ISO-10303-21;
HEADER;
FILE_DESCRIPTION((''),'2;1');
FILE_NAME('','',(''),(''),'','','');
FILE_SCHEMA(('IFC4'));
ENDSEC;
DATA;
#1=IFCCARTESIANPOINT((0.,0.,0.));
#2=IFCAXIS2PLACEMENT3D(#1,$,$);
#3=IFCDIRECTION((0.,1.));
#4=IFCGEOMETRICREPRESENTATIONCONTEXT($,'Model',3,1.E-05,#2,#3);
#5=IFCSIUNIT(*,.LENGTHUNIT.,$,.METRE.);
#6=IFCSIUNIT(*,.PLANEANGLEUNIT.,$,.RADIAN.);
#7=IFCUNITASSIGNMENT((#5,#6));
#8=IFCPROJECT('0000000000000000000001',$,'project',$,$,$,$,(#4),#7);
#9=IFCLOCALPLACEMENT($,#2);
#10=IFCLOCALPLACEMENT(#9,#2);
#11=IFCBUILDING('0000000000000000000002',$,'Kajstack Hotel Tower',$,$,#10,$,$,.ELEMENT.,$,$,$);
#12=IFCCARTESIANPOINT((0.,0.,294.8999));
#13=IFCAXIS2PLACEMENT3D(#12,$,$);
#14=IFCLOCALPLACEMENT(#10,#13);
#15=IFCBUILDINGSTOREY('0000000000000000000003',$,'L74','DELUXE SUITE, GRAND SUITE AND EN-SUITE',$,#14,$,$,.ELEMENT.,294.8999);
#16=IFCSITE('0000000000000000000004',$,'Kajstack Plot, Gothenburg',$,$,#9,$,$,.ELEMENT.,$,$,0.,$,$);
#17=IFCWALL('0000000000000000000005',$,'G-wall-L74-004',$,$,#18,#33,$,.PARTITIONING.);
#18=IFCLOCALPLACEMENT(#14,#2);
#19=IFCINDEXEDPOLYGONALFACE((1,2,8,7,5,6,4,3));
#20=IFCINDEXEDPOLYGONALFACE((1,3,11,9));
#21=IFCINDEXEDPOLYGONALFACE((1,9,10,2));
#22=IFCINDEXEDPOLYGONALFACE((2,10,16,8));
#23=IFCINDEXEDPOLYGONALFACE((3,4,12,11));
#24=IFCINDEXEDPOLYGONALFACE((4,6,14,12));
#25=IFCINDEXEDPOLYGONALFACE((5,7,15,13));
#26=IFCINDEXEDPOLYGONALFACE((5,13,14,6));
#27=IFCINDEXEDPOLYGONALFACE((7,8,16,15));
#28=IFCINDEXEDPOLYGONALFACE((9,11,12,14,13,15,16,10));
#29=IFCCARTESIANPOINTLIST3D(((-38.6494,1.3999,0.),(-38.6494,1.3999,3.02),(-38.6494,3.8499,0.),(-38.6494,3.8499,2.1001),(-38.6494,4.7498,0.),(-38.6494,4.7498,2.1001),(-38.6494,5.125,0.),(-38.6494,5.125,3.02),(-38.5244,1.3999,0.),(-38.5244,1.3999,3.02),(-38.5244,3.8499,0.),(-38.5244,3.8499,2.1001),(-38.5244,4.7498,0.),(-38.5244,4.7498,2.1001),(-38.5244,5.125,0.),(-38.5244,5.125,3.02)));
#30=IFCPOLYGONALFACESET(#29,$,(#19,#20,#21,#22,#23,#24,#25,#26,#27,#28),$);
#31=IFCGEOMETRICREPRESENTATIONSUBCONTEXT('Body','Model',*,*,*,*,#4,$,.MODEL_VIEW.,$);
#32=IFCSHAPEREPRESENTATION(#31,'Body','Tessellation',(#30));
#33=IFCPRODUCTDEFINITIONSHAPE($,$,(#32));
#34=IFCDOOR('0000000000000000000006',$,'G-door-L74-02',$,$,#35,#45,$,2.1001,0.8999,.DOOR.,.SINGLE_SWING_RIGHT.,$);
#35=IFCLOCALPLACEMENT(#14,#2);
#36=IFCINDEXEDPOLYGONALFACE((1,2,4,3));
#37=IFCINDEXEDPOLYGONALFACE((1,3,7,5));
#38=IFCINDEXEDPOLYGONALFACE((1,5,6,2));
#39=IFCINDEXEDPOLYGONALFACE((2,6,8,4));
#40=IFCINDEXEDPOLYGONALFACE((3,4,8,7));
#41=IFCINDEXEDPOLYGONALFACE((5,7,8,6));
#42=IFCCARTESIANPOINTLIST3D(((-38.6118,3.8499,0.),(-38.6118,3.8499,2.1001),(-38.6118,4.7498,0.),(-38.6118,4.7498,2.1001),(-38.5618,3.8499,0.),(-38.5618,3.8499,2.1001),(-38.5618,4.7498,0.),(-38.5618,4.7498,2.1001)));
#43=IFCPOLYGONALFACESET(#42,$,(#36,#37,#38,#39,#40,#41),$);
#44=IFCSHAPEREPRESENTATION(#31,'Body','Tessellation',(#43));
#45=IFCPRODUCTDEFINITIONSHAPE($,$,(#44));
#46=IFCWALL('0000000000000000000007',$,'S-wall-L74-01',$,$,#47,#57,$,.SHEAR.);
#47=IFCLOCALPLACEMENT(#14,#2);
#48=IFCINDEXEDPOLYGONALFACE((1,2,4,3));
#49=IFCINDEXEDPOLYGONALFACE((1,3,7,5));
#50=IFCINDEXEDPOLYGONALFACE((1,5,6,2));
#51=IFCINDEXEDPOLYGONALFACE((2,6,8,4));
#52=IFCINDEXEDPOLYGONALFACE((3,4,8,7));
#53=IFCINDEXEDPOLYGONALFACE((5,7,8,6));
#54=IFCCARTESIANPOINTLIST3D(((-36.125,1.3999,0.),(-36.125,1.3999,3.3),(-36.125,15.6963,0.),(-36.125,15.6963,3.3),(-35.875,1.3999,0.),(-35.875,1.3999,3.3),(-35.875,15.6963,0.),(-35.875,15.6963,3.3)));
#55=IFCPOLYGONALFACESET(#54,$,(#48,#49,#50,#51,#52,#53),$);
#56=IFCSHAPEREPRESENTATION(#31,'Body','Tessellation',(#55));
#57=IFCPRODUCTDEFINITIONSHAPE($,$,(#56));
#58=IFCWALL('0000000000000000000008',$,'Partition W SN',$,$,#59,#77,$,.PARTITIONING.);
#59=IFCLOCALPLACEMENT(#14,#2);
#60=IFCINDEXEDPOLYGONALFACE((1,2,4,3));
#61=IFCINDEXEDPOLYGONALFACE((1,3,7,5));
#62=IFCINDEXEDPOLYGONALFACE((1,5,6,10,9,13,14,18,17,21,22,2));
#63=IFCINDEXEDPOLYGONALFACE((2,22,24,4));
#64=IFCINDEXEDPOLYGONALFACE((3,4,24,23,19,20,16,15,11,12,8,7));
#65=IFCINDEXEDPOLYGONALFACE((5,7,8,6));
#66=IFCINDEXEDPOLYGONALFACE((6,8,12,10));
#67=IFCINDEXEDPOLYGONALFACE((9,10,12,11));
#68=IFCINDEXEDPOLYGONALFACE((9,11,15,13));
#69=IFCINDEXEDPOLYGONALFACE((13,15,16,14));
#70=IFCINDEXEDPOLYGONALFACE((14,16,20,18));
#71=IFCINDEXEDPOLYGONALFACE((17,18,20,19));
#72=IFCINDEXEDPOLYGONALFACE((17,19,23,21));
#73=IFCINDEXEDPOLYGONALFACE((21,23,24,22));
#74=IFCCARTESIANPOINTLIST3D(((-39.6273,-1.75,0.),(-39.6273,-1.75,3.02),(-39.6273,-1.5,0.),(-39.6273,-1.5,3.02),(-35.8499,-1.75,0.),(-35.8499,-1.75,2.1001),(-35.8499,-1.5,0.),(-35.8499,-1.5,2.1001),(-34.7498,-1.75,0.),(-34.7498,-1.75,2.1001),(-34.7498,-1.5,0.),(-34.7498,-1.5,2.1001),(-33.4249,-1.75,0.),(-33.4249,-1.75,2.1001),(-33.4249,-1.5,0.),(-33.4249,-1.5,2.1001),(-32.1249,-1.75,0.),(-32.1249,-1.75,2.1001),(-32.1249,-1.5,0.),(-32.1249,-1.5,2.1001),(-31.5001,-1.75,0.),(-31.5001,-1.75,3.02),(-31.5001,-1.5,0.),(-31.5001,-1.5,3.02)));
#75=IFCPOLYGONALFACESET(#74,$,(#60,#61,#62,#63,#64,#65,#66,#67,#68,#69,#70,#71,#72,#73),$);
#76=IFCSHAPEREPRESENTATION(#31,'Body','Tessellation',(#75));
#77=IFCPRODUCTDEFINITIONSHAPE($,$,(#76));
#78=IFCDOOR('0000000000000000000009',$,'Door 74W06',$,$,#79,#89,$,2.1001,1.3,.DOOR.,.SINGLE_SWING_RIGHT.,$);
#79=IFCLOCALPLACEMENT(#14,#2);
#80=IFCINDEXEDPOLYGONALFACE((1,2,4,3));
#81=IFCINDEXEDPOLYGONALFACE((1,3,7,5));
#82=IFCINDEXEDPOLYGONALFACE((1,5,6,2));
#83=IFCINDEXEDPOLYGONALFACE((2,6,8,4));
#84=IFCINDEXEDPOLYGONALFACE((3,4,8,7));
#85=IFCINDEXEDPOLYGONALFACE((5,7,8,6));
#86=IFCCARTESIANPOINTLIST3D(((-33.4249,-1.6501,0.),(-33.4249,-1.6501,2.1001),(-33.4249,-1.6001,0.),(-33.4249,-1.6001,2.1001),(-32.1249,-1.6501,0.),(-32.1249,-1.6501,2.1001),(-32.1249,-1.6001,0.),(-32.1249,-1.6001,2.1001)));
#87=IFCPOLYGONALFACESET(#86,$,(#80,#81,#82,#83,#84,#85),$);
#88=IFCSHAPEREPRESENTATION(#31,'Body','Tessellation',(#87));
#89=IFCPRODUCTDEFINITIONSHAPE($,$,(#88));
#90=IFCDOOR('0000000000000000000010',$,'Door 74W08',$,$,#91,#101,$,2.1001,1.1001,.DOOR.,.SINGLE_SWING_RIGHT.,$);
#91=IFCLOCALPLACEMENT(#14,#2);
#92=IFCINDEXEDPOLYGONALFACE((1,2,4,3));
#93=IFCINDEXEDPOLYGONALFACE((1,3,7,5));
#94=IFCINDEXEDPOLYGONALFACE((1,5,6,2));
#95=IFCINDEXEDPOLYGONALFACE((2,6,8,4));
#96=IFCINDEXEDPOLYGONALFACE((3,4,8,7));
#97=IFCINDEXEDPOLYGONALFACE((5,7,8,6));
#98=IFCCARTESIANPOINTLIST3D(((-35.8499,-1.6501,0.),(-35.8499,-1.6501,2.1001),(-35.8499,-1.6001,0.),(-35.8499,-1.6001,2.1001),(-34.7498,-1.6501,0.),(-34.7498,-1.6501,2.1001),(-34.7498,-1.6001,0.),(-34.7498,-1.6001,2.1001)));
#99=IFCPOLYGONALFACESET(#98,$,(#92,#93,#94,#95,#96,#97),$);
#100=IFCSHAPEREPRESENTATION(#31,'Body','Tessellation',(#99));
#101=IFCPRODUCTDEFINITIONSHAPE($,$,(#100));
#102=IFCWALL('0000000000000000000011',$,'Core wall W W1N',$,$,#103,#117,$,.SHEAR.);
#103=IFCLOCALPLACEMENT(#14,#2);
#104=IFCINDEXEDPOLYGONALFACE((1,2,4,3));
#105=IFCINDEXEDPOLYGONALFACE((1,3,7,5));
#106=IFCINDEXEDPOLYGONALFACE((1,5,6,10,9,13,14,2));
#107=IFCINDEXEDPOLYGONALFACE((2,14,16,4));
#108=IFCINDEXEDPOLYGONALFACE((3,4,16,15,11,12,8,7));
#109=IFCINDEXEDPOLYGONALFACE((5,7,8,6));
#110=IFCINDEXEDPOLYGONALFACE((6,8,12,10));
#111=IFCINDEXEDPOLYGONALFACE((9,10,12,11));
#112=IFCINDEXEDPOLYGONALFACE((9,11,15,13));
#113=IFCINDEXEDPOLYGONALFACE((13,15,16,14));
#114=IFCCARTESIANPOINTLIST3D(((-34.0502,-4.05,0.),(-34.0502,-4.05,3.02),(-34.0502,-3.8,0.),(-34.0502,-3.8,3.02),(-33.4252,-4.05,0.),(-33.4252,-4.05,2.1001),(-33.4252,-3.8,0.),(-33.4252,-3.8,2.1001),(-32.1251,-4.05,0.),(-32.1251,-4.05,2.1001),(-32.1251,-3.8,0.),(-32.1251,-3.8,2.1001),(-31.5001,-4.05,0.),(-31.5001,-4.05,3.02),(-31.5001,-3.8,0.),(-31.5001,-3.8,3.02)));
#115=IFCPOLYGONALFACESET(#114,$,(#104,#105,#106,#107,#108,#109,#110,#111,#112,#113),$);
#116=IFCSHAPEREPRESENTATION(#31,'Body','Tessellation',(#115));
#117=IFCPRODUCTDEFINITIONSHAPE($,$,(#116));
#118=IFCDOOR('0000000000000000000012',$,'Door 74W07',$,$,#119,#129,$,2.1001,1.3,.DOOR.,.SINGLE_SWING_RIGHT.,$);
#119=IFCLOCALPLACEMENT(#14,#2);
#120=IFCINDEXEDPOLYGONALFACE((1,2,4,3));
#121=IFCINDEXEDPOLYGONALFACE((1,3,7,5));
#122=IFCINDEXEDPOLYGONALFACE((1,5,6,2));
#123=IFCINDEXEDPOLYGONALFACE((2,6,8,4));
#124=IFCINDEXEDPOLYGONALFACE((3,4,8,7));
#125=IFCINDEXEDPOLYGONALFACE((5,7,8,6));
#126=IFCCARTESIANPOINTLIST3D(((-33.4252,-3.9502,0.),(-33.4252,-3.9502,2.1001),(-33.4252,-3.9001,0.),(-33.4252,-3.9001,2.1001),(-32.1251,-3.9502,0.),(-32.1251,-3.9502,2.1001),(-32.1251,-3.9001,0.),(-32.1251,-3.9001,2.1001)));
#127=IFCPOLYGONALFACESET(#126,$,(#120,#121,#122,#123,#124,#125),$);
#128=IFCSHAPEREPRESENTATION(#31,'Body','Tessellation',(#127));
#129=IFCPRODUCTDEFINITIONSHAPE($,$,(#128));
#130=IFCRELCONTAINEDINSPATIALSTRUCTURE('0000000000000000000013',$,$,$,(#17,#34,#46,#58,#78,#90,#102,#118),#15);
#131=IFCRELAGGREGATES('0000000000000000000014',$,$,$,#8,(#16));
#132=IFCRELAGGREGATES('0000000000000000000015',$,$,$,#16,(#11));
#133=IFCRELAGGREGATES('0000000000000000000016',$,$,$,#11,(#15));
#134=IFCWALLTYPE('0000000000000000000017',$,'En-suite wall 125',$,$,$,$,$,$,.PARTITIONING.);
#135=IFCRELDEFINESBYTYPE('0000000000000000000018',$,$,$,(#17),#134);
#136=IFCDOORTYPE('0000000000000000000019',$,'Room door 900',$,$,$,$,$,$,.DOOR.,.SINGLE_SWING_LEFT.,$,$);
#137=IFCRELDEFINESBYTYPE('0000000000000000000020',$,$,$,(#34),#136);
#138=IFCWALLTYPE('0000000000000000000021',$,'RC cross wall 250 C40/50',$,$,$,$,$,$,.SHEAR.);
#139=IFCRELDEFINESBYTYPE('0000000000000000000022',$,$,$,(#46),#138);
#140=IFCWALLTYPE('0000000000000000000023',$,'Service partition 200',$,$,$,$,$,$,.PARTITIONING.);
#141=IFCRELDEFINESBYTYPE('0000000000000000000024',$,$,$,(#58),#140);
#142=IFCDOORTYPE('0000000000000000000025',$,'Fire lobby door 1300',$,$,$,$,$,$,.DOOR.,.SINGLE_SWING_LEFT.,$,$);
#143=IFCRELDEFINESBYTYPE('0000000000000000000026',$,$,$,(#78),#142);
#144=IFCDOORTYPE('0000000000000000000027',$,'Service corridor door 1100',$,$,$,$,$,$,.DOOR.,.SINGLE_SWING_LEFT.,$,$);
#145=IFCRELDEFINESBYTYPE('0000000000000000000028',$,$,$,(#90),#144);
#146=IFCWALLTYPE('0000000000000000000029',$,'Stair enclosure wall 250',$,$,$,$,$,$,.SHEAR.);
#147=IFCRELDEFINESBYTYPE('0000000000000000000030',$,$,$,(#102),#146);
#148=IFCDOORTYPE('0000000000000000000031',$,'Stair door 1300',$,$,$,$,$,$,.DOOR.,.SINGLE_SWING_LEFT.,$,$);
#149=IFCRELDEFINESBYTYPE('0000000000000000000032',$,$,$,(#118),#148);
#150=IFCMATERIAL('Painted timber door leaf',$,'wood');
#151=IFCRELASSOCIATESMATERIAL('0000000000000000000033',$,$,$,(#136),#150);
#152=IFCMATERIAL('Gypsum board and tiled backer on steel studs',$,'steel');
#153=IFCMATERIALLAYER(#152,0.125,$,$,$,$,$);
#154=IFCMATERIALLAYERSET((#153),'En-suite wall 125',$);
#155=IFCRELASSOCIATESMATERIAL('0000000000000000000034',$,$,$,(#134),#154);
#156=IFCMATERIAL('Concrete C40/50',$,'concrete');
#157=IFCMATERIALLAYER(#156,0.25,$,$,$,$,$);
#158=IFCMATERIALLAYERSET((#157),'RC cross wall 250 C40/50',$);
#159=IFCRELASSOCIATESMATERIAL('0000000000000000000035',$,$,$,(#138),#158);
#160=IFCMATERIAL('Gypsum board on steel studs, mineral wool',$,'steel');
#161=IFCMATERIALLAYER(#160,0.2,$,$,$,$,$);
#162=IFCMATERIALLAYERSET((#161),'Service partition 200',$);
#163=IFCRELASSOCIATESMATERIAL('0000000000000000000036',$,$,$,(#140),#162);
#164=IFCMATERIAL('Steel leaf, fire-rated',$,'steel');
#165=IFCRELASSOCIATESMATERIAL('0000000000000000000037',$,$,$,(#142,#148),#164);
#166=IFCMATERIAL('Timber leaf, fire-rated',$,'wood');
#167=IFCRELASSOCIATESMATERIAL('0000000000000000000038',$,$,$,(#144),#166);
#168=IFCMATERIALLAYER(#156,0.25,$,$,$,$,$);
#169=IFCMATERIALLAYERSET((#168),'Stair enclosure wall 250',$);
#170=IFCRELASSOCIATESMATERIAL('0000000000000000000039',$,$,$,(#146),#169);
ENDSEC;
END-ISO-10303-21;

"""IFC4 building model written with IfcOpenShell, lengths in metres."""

from ifc_helpers import new_model, si_unit, direction, frame, frame_2d, origin, place, context, subcontext, project, spatial, rectangle, extrude, material, layer, layer_set, type_object, element, fill, save


model = new_model("IFC4")

# Units and contexts
model_context = context("Model", 3, precision=1e-05, world=origin(), true_north=direction((0.0, 1.0)))
body_context = subcontext(model_context, "Body", "Model", "MODEL_VIEW")
ifc_project = project(units=[si_unit("LENGTHUNIT", "METRE"), si_unit("PLANEANGLEUNIT", "RADIAN")], contexts=[model_context])

# Site, building, storey
site_placement = place(None, origin())
site = spatial("IfcSite", under=ifc_project, at=site_placement, Name="Kajstack Plot, Gothenburg", CompositionType="ELEMENT", RefElevation=0.0)
building_placement = place(site_placement, origin())
building = spatial("IfcBuilding", under=site, at=building_placement, Name="Kajstack Hotel Tower", CompositionType="ELEMENT")
storey_placement = place(building_placement, frame((0.0, 0.0, 294.8999)))
storey = spatial("IfcBuildingStorey", under=building, at=storey_placement, Name="L74", Description="DELUXE SUITE, GRAND SUITE AND EN-SUITE", CompositionType="ELEMENT", Elevation=294.8999)

# Shared definitions
ifc_material_1 = material(Name="Gypsum board on steel studs, mineral wool", Category="steel")
ifc_material_2 = material(Name="Painted timber door leaf", Category="wood")
door_type_1 = type_object("IfcDoorType", Name="Room door 900", OperationType="SINGLE_SWING_LEFT", PredefinedType="DOOR", material=ifc_material_2)

# Wall, opening, door
ifc_material_3 = material(Name="Gypsum board and tiled backer on steel studs", Category="steel")
ifc_layer_1 = layer(ifc_material_3, 0.125)
ifc_layer_set_1 = layer_set([ifc_layer_1], Name="En-suite wall 125")
wall_type_1 = type_object("IfcWallType", Name="En-suite wall 125", PredefinedType="PARTITIONING", material=ifc_layer_set_1)
wall_1_placement = place(storey_placement, frame((-38.5869, 1.3999, 0.0), z_axis=(0.0, 0.0, 1.0), x_axis=(0.0, 1.0, 0.0)))
wall_1 = element("IfcWall", 1, at=wall_1_placement, inside=storey, type_object=wall_type_1, Name="G-wall-L74-004", PredefinedType="PARTITIONING", context=body_context, shape_type="SweptSolid", body=[
    extrude(rectangle(XDim=3.7251, YDim=0.125, at=frame_2d((1.8625, 0.0))), origin(), (0.0, 0.0, 1.0), 3.02),
])
opening_1_placement = place(wall_1_placement, frame((2.45, 0.0, 0.0)))
opening_1 = element("IfcOpeningElement", 2, at=opening_1_placement, cuts=wall_1, PredefinedType="OPENING", context=body_context, shape_type="SweptSolid", body=[
    extrude(rectangle(XDim=0.8999, YDim=2.1001, at=frame_2d((0.45, 1.05))), frame((0.0, 0.0725, 0.0), z_axis=(0.0, -1.0, 0.0), x_axis=(1.0, 0.0, 0.0)), (0.0, 0.0, 1.0), 0.145),
])
door_1_placement = place(opening_1_placement, origin())
door_1 = element("IfcDoor", 3, at=door_1_placement, inside=storey, type_object=door_type_1, Name="G-door-L74-02", OperationType="SINGLE_SWING_RIGHT", OverallHeight=2.1001, OverallWidth=0.8999, PredefinedType="DOOR", context=body_context, shape_type="SweptSolid", body=[
    extrude(rectangle(XDim=0.8999, YDim=2.1001, at=frame_2d((0.45, 1.05))), frame((0.0, 0.0249, 0.0), z_axis=(0.0, -1.0, 0.0), x_axis=(1.0, 0.0, 0.0)), (0.0, 0.0, 1.0), 0.05),
])
fill(opening_1, door_1)

# Wall
ifc_material_4 = material(Name="Concrete C40/50", Category="concrete")
ifc_layer_2 = layer(ifc_material_4, 0.25)
ifc_layer_set_2 = layer_set([ifc_layer_2], Name="RC cross wall 250 C40/50")
wall_type_2 = type_object("IfcWallType", Name="RC cross wall 250 C40/50", PredefinedType="SHEAR", material=ifc_layer_set_2)
wall_2_placement = place(storey_placement, frame((-36.0, 1.3999, 0.0), z_axis=(0.0, 0.0, 1.0), x_axis=(0.0, 1.0, 0.0)))
element("IfcWall", 4, at=wall_2_placement, inside=storey, type_object=wall_type_2, Name="S-wall-L74-01", PredefinedType="SHEAR", context=body_context, shape_type="SweptSolid", body=[
    extrude(rectangle(XDim=14.2964, YDim=0.25, at=frame_2d((7.1482, 0.0))), origin(), (0.0, 0.0, 1.0), 3.3),
])

# Wall, openings, doors
ifc_layer_3 = layer(ifc_material_1, 0.2)
ifc_layer_set_3 = layer_set([ifc_layer_3], Name="Service partition 200")
wall_type_3 = type_object("IfcWallType", Name="Service partition 200", PredefinedType="PARTITIONING", material=ifc_layer_set_3)
wall_3_placement = place(storey_placement, frame((-39.6272, -1.625, 0.0), z_axis=(0.0, 0.0, 1.0), x_axis=(1.0, 0.0, 0.0)))
wall_3 = element("IfcWall", 5, at=wall_3_placement, inside=storey, type_object=wall_type_3, Name="Partition W SN", PredefinedType="PARTITIONING", context=body_context, shape_type="SweptSolid", body=[
    extrude(rectangle(XDim=8.1272, YDim=0.25, at=frame_2d((4.0635, 0.0))), origin(), (0.0, 0.0, 1.0), 3.02),
])
opening_2_placement = place(wall_3_placement, frame((6.2024, 0.0, 0.0)))
opening_2 = element("IfcOpeningElement", 6, at=opening_2_placement, cuts=wall_3, PredefinedType="OPENING", context=body_context, shape_type="SweptSolid", body=[
    extrude(rectangle(XDim=1.3, YDim=2.1001, at=frame_2d((0.6499, 1.05))), frame((0.0, 0.135, 0.0), z_axis=(0.0, -1.0, 0.0), x_axis=(1.0, 0.0, 0.0)), (0.0, 0.0, 1.0), 0.27),
])
opening_3_placement = place(wall_3_placement, frame((3.7773, 0.0, 0.0)))
opening_3 = element("IfcOpeningElement", 7, at=opening_3_placement, cuts=wall_3, PredefinedType="OPENING", context=body_context, shape_type="SweptSolid", body=[
    extrude(rectangle(XDim=1.1001, YDim=2.1001, at=frame_2d((0.55, 1.05))), frame((0.0, 0.135, 0.0), z_axis=(0.0, -1.0, 0.0), x_axis=(1.0, 0.0, 0.0)), (0.0, 0.0, 1.0), 0.27),
])
ifc_material_5 = material(Name="Steel leaf, fire-rated", Category="steel")
door_type_2 = type_object("IfcDoorType", Name="Fire lobby door 1300", OperationType="SINGLE_SWING_LEFT", PredefinedType="DOOR", material=ifc_material_5)
door_2_placement = place(opening_2_placement, origin())
door_2 = element("IfcDoor", 8, at=door_2_placement, inside=storey, type_object=door_type_2, Name="Door 74W06", OperationType="SINGLE_SWING_RIGHT", OverallHeight=2.1001, OverallWidth=1.3, PredefinedType="DOOR", context=body_context, shape_type="SweptSolid", body=[
    extrude(rectangle(XDim=1.3, YDim=2.1001, at=frame_2d((0.6499, 1.05))), frame((0.0, 0.0249, 0.0), z_axis=(0.0, -1.0, 0.0), x_axis=(1.0, 0.0, 0.0)), (0.0, 0.0, 1.0), 0.05),
])
fill(opening_2, door_2)
ifc_material_6 = material(Name="Timber leaf, fire-rated", Category="wood")
door_type_3 = type_object("IfcDoorType", Name="Service corridor door 1100", OperationType="SINGLE_SWING_LEFT", PredefinedType="DOOR", material=ifc_material_6)
door_3_placement = place(opening_3_placement, origin())
door_3 = element("IfcDoor", 9, at=door_3_placement, inside=storey, type_object=door_type_3, Name="Door 74W08", OperationType="SINGLE_SWING_RIGHT", OverallHeight=2.1001, OverallWidth=1.1001, PredefinedType="DOOR", context=body_context, shape_type="SweptSolid", body=[
    extrude(rectangle(XDim=1.1001, YDim=2.1001, at=frame_2d((0.55, 1.05))), frame((0.0, 0.0249, 0.0), z_axis=(0.0, -1.0, 0.0), x_axis=(1.0, 0.0, 0.0)), (0.0, 0.0, 1.0), 0.05),
])
fill(opening_3, door_3)

# Wall, opening, door
ifc_layer_4 = layer(ifc_material_4, 0.25)
ifc_layer_set_4 = layer_set([ifc_layer_4], Name="Stair enclosure wall 250")
wall_type_4 = type_object("IfcWallType", Name="Stair enclosure wall 250", PredefinedType="SHEAR", material=ifc_layer_set_4)
wall_4_placement = place(storey_placement, frame((-34.05, -3.925, 0.0), z_axis=(0.0, 0.0, 1.0), x_axis=(1.0, 0.0, 0.0)))
wall_4 = element("IfcWall", 10, at=wall_4_placement, inside=storey, type_object=wall_type_4, Name="Core wall W W1N", PredefinedType="SHEAR", context=body_context, shape_type="SweptSolid", body=[
    extrude(rectangle(XDim=2.55, YDim=0.25, at=frame_2d((1.2749, 0.0))), origin(), (0.0, 0.0, 1.0), 3.02),
])
opening_4_placement = place(wall_4_placement, frame((0.625, 0.0, 0.0)))
opening_4 = element("IfcOpeningElement", 11, at=opening_4_placement, cuts=wall_4, PredefinedType="OPENING", context=body_context, shape_type="SweptSolid", body=[
    extrude(rectangle(XDim=1.3, YDim=2.1001, at=frame_2d((0.6499, 1.05))), frame((0.0, 0.135, 0.0), z_axis=(0.0, -1.0, 0.0), x_axis=(1.0, 0.0, 0.0)), (0.0, 0.0, 1.0), 0.27),
])
door_type_4 = type_object("IfcDoorType", Name="Stair door 1300", OperationType="SINGLE_SWING_LEFT", PredefinedType="DOOR", material=ifc_material_5)
door_4_placement = place(opening_4_placement, origin())
door_4 = element("IfcDoor", 12, at=door_4_placement, inside=storey, type_object=door_type_4, Name="Door 74W07", OperationType="SINGLE_SWING_RIGHT", OverallHeight=2.1001, OverallWidth=1.3, PredefinedType="DOOR", context=body_context, shape_type="SweptSolid", body=[
    extrude(rectangle(XDim=1.3, YDim=2.1001, at=frame_2d((0.6499, 1.05))), frame((0.0, 0.0249, 0.0), z_axis=(0.0, -1.0, 0.0), x_axis=(1.0, 0.0, 0.0)), (0.0, 0.0, 1.0), 0.05),
])
fill(opening_4, door_4)

save(model, "model.ifc")
